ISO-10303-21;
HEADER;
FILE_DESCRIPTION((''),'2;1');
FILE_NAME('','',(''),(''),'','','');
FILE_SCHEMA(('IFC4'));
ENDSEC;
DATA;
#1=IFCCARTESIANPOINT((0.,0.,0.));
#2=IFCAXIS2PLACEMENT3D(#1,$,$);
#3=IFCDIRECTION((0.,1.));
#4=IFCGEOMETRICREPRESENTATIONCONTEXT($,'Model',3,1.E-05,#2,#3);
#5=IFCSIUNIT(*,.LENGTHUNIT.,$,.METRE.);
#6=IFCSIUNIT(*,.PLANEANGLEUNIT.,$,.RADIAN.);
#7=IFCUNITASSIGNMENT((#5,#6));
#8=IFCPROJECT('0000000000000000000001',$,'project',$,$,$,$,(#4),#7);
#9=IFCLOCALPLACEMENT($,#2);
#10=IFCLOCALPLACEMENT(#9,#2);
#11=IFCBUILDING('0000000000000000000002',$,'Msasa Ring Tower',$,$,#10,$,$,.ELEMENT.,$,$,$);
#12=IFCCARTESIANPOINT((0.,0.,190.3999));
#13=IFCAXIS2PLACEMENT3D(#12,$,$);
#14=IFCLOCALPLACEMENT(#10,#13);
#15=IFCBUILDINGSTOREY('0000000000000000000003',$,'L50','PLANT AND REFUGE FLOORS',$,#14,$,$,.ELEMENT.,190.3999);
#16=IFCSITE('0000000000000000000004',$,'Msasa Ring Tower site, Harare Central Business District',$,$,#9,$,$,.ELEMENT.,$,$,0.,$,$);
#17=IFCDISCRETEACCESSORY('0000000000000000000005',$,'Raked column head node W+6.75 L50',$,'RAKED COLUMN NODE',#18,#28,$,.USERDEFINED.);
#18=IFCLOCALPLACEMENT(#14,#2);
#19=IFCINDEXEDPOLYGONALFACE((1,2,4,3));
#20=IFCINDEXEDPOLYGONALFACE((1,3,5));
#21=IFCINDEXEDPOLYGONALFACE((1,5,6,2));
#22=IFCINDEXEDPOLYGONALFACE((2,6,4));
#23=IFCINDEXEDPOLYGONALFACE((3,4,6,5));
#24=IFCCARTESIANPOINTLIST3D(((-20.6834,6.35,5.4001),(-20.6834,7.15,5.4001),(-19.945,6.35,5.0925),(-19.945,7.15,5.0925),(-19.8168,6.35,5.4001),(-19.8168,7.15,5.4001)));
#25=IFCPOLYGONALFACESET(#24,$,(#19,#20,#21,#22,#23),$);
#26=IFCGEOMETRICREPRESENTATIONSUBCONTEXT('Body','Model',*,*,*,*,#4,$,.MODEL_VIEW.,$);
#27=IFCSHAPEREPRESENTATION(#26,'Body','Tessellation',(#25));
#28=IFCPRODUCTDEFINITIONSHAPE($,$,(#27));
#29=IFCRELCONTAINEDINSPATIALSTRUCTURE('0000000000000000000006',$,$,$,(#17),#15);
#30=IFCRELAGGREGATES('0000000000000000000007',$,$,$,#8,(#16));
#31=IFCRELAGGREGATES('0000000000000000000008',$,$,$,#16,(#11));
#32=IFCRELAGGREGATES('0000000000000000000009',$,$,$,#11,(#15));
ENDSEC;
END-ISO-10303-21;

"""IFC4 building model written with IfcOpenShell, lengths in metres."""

from ifc_helpers import new_model, si_unit, direction, frame, origin, origin_2d, place, context, subcontext, project, spatial, rectangle, extrude, clip, halfspace, element, save


model = new_model("IFC4")

# Units and contexts
model_context = context("Model", 3, precision=1e-05, world=origin(), true_north=direction((0.0, 1.0)))
body_context = subcontext(model_context, "Body", "Model", "MODEL_VIEW")
ifc_project = project(units=[si_unit("LENGTHUNIT", "METRE"), si_unit("PLANEANGLEUNIT", "RADIAN")], contexts=[model_context])

# Site, building, storey
site_placement = place(None, origin())
site = spatial("IfcSite", under=ifc_project, at=site_placement, Name="Msasa Ring Tower site, Harare Central Business District", CompositionType="ELEMENT", RefElevation=0.0)
building_placement = place(site_placement, origin())
building = spatial("IfcBuilding", under=site, at=building_placement, Name="Msasa Ring Tower", CompositionType="ELEMENT")
storey_placement = place(building_placement, frame((0.0, 0.0, 190.3999)))
storey = spatial("IfcBuildingStorey", under=building, at=storey_placement, Name="L50", Description="PLANT AND REFUGE FLOORS", CompositionType="ELEMENT", Elevation=190.3999)

# Discrete accessory
discrete_accessory_1_placement = place(storey_placement, frame((-20.25, 6.75, 5.4001)))
element("IfcDiscreteAccessory", 1, at=discrete_accessory_1_placement, inside=storey, Name="Raked column head node W+6.75 L50", ObjectType="RAKED COLUMN NODE", PredefinedType="USERDEFINED", context=body_context, shape_type="Clipping", body=[
    clip(extrude(rectangle(XDim=0.8, YDim=0.8, at=origin_2d()), frame((-0.0642, 0.0, -0.1538), z_axis=(0.384615, 0.0, 0.923077), x_axis=(0.0, 1.0, 0.0)), (0.0, 0.0, 1.0), 0.3335), halfspace(frame((0.0, 0.0, 0.0), z_axis=(0.0, 0.0, -1.0)), True)),
])

save(model, "model.ifc")
